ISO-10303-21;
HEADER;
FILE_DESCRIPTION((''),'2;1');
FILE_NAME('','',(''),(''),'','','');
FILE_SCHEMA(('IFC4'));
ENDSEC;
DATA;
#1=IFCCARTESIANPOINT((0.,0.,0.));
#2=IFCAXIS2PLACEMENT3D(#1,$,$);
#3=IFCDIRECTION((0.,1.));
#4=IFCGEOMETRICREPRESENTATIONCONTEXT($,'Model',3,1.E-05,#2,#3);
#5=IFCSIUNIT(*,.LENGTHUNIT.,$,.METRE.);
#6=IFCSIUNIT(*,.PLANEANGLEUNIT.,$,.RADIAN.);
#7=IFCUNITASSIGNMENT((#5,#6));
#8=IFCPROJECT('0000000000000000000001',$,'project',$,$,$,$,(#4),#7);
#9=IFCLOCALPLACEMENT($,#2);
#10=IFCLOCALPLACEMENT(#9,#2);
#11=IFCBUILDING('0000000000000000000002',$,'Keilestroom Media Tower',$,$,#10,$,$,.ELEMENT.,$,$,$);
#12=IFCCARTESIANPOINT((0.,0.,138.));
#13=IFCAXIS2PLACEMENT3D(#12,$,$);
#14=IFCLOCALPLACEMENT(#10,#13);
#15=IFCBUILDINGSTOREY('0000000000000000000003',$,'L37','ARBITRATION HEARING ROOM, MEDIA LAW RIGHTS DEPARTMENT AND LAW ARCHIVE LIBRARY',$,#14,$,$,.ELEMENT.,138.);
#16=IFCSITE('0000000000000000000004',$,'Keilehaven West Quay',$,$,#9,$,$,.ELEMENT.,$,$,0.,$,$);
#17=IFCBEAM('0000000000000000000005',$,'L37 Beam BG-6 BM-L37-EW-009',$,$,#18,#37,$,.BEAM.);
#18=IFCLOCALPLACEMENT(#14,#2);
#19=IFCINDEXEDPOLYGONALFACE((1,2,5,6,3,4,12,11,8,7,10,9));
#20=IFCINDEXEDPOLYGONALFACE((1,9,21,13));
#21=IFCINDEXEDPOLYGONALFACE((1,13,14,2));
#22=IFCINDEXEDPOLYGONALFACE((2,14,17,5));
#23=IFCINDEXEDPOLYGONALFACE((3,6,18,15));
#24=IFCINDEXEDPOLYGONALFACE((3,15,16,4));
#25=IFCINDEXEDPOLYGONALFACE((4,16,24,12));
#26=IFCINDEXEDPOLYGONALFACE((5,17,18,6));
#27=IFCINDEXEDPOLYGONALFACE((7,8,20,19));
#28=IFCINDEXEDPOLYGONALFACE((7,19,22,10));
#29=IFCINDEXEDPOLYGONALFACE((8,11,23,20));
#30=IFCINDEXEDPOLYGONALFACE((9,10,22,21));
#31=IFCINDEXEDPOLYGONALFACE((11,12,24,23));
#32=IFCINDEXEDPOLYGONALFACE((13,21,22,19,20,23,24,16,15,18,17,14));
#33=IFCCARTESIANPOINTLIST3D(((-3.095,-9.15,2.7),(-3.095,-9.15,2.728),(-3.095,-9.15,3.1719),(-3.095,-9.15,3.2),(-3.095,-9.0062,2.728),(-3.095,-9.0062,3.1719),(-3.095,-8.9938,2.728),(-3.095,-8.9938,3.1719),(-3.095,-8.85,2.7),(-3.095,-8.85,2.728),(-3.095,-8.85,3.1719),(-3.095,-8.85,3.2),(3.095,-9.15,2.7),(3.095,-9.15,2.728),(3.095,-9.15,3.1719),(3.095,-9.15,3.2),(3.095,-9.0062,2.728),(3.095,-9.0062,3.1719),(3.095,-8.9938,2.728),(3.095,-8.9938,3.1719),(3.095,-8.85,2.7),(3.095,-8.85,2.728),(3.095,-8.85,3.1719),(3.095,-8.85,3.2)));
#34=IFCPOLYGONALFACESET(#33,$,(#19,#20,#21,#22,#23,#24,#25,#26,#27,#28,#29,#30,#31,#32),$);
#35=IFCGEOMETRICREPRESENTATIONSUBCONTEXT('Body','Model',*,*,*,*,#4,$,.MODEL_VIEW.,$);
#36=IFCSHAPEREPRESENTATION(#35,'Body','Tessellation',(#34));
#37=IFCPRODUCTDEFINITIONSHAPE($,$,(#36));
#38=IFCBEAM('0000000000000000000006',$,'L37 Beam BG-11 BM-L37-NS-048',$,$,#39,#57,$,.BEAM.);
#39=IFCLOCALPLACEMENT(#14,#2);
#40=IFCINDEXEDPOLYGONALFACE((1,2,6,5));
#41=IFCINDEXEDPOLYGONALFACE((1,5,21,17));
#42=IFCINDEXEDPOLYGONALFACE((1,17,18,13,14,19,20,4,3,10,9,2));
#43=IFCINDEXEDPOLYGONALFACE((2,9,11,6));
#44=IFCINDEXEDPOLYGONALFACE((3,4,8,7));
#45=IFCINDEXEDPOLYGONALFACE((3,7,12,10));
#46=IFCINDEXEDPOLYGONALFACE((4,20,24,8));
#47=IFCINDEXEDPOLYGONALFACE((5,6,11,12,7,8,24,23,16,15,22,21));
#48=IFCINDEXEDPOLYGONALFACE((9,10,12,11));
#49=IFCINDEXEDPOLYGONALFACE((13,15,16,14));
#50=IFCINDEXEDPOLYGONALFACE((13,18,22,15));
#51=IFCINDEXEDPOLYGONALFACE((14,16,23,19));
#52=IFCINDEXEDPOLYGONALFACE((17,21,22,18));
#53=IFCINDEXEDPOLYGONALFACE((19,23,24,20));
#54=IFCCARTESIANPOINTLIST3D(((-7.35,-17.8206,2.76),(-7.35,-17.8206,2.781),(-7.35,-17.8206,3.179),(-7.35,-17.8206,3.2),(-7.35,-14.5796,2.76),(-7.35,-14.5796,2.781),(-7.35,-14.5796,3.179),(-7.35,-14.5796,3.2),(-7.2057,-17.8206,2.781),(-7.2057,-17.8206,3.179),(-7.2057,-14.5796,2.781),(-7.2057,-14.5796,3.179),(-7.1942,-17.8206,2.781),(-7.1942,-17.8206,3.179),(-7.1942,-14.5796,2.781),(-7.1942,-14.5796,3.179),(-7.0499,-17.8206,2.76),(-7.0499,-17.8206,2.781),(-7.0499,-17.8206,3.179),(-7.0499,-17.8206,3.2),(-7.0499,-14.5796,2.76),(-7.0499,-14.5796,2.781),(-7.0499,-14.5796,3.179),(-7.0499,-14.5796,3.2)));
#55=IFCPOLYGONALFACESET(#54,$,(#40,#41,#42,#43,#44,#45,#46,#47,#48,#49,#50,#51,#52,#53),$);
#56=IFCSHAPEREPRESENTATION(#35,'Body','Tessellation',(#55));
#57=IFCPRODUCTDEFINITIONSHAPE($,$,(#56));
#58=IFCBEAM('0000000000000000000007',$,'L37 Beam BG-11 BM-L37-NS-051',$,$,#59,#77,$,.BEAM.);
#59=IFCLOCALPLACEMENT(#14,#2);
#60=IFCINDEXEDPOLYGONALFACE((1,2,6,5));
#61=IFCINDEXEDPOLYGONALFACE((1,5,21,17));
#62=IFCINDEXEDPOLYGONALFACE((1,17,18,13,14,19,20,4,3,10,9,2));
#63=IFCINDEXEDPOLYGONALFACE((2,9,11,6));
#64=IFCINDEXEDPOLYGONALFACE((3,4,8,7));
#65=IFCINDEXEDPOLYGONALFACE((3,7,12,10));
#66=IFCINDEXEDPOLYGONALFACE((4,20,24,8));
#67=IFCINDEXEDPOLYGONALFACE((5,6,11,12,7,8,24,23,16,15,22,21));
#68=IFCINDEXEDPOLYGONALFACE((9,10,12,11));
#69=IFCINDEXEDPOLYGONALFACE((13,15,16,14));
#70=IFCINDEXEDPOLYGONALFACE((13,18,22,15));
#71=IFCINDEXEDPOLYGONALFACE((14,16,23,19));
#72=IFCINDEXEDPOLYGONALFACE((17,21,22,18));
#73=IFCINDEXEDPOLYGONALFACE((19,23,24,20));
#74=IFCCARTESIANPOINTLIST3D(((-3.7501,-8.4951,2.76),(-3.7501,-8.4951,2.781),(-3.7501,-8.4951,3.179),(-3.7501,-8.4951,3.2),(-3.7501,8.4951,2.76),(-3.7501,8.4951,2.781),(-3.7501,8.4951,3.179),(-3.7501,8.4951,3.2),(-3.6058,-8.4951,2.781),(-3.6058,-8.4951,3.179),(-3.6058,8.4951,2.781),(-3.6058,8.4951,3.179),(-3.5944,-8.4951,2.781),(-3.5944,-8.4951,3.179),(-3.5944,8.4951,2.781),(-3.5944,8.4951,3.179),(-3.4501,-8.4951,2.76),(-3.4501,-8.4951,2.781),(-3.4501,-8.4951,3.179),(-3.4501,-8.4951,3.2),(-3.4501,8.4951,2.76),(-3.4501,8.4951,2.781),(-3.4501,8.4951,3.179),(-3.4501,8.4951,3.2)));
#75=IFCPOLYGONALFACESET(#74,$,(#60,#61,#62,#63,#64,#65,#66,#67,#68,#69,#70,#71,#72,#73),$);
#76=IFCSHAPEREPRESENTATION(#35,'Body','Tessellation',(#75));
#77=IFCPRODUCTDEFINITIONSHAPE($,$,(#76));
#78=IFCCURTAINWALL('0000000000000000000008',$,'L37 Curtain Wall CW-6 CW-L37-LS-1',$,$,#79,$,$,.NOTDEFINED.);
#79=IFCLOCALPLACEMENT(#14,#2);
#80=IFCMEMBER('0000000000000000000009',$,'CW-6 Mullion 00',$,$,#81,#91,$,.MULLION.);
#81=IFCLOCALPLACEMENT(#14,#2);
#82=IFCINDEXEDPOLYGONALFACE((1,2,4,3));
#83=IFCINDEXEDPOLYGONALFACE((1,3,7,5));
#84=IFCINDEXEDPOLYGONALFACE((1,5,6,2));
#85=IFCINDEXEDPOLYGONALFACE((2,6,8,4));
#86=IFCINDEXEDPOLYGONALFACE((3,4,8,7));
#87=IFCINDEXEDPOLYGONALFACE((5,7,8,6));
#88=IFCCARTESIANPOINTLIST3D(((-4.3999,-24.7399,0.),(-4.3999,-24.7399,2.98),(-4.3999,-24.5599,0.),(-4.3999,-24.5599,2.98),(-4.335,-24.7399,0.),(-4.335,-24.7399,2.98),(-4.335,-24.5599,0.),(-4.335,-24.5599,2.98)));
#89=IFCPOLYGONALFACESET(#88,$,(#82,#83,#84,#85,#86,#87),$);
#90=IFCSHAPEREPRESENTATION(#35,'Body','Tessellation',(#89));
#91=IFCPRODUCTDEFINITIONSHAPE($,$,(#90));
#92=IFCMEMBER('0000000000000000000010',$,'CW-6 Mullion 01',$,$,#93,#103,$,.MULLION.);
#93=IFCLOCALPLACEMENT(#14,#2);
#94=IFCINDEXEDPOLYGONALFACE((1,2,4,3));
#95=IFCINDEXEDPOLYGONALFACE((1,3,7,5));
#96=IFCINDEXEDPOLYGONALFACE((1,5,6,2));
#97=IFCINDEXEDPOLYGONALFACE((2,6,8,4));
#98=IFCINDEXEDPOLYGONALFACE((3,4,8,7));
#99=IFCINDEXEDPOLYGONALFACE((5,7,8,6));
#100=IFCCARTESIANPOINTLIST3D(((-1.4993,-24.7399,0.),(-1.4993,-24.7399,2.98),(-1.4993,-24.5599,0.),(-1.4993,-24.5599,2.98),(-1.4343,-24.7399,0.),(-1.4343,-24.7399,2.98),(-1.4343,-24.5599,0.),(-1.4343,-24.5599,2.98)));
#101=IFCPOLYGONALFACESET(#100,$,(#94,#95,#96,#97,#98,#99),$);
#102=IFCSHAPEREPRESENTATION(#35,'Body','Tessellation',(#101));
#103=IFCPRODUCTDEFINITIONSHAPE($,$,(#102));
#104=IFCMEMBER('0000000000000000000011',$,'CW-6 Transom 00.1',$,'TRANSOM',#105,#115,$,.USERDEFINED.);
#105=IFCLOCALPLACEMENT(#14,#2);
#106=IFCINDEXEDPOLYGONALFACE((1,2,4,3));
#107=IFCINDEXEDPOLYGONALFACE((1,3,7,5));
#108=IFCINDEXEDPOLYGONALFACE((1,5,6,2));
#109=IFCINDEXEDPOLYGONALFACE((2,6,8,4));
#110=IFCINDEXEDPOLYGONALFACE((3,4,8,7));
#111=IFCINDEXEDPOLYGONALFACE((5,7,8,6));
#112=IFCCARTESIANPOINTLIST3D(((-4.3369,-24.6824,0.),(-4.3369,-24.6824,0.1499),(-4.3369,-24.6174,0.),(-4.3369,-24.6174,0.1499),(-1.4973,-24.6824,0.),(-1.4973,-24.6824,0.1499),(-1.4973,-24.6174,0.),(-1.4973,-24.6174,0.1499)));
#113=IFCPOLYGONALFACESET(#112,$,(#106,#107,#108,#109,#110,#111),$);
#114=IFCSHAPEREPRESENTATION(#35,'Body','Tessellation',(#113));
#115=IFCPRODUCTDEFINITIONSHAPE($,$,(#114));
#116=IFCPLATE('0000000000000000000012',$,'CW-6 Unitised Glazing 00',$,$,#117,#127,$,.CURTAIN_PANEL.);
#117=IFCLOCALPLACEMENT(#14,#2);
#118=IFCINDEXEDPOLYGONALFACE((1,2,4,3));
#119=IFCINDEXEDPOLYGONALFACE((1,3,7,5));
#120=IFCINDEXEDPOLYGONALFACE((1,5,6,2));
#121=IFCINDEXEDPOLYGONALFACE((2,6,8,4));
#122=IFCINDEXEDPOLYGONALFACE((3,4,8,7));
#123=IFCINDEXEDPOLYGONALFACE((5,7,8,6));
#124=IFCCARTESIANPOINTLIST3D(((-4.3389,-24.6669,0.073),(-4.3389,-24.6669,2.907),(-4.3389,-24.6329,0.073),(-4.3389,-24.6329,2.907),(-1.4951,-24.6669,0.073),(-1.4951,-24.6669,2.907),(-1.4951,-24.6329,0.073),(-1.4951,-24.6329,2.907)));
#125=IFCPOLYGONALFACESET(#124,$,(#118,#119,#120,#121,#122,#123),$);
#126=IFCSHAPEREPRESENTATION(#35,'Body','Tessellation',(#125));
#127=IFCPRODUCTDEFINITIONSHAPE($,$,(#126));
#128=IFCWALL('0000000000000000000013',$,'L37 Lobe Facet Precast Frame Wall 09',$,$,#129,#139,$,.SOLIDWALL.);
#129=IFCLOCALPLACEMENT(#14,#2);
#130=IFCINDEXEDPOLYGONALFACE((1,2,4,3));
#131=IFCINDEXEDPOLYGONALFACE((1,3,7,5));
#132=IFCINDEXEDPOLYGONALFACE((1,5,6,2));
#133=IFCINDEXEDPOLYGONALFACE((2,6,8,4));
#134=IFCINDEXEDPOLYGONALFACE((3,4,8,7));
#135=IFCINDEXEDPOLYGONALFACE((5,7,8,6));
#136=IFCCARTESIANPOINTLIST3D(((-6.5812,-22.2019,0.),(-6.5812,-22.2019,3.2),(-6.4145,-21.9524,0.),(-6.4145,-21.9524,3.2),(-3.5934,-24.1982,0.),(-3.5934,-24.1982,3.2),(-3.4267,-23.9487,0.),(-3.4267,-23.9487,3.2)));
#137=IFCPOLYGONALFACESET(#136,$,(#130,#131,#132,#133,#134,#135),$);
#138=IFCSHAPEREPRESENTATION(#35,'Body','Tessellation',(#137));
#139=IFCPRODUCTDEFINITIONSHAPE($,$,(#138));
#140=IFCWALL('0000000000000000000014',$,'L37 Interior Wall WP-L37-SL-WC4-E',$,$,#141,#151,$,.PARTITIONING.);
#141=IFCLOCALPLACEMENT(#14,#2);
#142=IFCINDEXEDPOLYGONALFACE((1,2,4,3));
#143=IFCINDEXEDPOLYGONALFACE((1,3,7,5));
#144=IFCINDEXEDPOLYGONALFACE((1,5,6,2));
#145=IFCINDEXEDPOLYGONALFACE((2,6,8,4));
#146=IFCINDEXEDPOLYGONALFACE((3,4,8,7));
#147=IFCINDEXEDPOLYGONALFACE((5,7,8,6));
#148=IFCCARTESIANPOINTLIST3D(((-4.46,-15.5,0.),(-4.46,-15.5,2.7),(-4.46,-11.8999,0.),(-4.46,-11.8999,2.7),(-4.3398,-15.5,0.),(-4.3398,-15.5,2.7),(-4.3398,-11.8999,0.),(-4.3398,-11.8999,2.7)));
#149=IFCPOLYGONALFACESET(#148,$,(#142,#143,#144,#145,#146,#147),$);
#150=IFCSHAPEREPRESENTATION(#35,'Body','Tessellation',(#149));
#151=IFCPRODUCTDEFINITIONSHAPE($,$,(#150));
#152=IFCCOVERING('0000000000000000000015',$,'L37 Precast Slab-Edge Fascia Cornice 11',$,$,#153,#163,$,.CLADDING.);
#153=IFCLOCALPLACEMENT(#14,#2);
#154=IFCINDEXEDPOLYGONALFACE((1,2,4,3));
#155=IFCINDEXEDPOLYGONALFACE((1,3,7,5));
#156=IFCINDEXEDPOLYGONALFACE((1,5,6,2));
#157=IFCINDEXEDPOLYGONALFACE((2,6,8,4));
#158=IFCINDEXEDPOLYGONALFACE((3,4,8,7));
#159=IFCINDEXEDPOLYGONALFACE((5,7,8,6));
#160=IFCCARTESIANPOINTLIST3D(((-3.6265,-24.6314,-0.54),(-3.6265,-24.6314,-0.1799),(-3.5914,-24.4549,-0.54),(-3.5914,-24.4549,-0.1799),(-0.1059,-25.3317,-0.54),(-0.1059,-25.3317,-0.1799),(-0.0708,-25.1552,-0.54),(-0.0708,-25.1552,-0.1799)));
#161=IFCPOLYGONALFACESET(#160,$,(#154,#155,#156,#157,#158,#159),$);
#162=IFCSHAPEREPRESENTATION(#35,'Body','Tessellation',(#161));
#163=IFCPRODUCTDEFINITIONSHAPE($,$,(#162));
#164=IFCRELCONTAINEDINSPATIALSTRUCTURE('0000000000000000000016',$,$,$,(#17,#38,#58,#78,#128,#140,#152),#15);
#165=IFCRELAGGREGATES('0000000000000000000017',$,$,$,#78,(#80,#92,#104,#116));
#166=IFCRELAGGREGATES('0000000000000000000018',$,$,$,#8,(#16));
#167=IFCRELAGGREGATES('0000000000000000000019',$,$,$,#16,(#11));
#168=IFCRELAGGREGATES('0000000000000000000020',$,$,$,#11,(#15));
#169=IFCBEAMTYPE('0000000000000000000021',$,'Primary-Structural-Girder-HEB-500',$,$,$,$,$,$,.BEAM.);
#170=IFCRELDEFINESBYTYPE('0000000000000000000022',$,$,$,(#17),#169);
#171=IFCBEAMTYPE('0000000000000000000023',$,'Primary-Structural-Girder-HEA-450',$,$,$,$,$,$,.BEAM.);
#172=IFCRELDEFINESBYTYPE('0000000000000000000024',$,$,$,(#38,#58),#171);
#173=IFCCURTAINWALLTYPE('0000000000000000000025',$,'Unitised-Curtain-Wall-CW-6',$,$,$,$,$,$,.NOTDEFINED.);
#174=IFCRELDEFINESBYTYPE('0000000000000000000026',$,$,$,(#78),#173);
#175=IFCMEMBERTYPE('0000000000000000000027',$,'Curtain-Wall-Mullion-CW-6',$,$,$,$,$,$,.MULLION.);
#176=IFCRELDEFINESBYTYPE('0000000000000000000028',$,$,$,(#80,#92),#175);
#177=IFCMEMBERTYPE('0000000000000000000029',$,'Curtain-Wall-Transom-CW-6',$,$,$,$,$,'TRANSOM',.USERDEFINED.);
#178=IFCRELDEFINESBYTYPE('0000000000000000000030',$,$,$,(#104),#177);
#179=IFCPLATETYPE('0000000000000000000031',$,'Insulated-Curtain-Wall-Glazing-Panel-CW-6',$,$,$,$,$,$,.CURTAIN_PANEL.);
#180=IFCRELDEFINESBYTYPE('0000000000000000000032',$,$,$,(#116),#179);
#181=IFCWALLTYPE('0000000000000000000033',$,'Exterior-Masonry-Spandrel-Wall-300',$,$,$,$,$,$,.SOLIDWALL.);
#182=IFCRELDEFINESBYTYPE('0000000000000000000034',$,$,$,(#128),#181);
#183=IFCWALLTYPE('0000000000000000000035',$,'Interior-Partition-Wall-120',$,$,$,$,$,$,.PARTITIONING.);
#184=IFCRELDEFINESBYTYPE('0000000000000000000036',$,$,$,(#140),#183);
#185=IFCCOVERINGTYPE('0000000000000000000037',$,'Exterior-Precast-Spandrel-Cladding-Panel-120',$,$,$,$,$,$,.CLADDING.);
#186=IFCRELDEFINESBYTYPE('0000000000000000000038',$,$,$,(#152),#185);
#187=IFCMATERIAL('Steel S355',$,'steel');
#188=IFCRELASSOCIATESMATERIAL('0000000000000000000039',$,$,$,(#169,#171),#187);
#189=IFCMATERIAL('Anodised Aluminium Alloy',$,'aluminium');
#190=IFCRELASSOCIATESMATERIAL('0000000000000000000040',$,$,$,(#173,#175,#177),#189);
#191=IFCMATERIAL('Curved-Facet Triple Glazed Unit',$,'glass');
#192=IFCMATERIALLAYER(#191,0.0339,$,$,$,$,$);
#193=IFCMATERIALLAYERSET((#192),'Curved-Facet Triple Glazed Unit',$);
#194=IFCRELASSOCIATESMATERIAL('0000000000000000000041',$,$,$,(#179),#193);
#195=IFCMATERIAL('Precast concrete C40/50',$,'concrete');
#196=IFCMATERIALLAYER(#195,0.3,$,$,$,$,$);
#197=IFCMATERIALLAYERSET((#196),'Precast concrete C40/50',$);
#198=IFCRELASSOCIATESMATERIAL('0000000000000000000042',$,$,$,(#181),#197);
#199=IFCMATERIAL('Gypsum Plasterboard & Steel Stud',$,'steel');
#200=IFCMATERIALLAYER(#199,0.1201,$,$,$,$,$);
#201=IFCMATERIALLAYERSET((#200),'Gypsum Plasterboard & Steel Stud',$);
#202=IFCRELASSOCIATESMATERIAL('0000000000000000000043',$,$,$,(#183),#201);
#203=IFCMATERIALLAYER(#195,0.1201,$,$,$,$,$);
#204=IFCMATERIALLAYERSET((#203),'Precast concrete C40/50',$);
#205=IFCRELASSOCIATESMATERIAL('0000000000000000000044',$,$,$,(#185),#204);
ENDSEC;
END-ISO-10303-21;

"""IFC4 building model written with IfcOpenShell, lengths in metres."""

from ifc_helpers import new_model, si_unit, direction, frame, frame_2d, origin, origin_2d, place, context, subcontext, project, spatial, rectangle, i_section, extrude, source, transform, mapped, material, layer, layer_set, material_profile, profile_set, type_object, element, aggregate, save


model = new_model("IFC4")

# Units and contexts
model_context = context("Model", 3, precision=1e-05, world=origin(), true_north=direction((0.0, 1.0)))
body_context = subcontext(model_context, "Body", "Model", "MODEL_VIEW")
ifc_project = project(units=[si_unit("LENGTHUNIT", "METRE"), si_unit("PLANEANGLEUNIT", "RADIAN")], contexts=[model_context])

# Site, building, storey
site_placement = place(None, origin())
site = spatial("IfcSite", under=ifc_project, at=site_placement, Name="Keilehaven West Quay", CompositionType="ELEMENT", RefElevation=0.0)
building_placement = place(site_placement, origin())
building = spatial("IfcBuilding", under=site, at=building_placement, Name="Keilestroom Media Tower", CompositionType="ELEMENT")
storey_placement = place(building_placement, frame((0.0, 0.0, 138.0)))
storey = spatial("IfcBuildingStorey", under=building, at=storey_placement, Name="L37", Description="ARBITRATION HEARING ROOM, MEDIA LAW RIGHTS DEPARTMENT AND LAW ARCHIVE LIBRARY", CompositionType="ELEMENT", Elevation=138.0)

# Shared definitions
ifc_material_1 = material(Name="Steel S355", Category="steel")

# Beams
ifc_material_profile_1 = material_profile(ifc_material_1, i_section(OverallWidth=0.3, OverallDepth=0.5, WebThickness=0.0125, FlangeThickness=0.0281, at=origin_2d()), Name="HEB 500")
ifc_profile_set_1 = profile_set([ifc_material_profile_1], Name="Steel S355")
beam_type_1 = type_object("IfcBeamType", Name="Primary-Structural-Girder-HEB-500", PredefinedType="BEAM", material=ifc_profile_set_1)
shared_shape_1 = source(origin(), body_context, "Body", "SweptSolid", [
    extrude(i_section(OverallWidth=0.3, OverallDepth=0.5, WebThickness=0.0125, FlangeThickness=0.0281, at=origin_2d()), origin(), (0.0, 0.0, 1.0), 6.1899),
])
beam_1_placement = place(storey_placement, frame((-3.095, -9.0, 2.95), z_axis=(1.0, 0.0, 0.0), x_axis=(0.0, 1.0, 0.0)))
element("IfcBeam", 1, at=beam_1_placement, inside=storey, type_object=beam_type_1, Name="L37 Beam BG-6 BM-L37-EW-009", PredefinedType="BEAM", context=body_context, shape_type="MappedRepresentation", body=[
    mapped(shared_shape_1, transform((0.0, 0.0, 0.0), x_axis=(1.0, 0.0, 0.0), y_axis=(0.0, 1.0, 0.0), z_axis=(0.0, 0.0, 1.0), scale=1.0)),
])
ifc_material_profile_2 = material_profile(ifc_material_1, i_section(OverallWidth=0.3, OverallDepth=0.4399, WebThickness=0.0115, FlangeThickness=0.021, at=origin_2d()), Name="HEA 450")
ifc_profile_set_2 = profile_set([ifc_material_profile_2], Name="Steel S355")
beam_type_2 = type_object("IfcBeamType", Name="Primary-Structural-Girder-HEA-450", PredefinedType="BEAM", material=ifc_profile_set_2)
shared_shape_2 = source(origin(), body_context, "Body", "SweptSolid", [
    extrude(i_section(OverallWidth=0.3, OverallDepth=0.4399, WebThickness=0.0115, FlangeThickness=0.021, at=origin_2d()), origin(), (0.0, 0.0, 1.0), 3.241),
])
beam_2_placement = place(storey_placement, frame((-7.2, -17.8206, 2.98), z_axis=(0.0, 1.0, 0.0), x_axis=(-1.0, 0.0, 0.0)))
element("IfcBeam", 2, at=beam_2_placement, inside=storey, type_object=beam_type_2, Name="L37 Beam BG-11 BM-L37-NS-048", PredefinedType="BEAM", context=body_context, shape_type="MappedRepresentation", body=[
    mapped(shared_shape_2, transform((0.0, 0.0, 0.0), x_axis=(1.0, 0.0, 0.0), y_axis=(0.0, 1.0, 0.0), z_axis=(0.0, 0.0, 1.0), scale=1.0)),
])
shared_shape_3 = source(origin(), body_context, "Body", "SweptSolid", [
    extrude(i_section(OverallWidth=0.3, OverallDepth=0.4399, WebThickness=0.0115, FlangeThickness=0.021, at=origin_2d()), origin(), (0.0, 0.0, 1.0), 16.9902),
])
beam_3_placement = place(storey_placement, frame((-3.6001, -8.4951, 2.98), z_axis=(0.0, 1.0, 0.0), x_axis=(-1.0, 0.0, 0.0)))
element("IfcBeam", 3, at=beam_3_placement, inside=storey, type_object=beam_type_2, Name="L37 Beam BG-11 BM-L37-NS-051", PredefinedType="BEAM", context=body_context, shape_type="MappedRepresentation", body=[
    mapped(shared_shape_3, transform((0.0, 0.0, 0.0), x_axis=(1.0, 0.0, 0.0), y_axis=(0.0, 1.0, 0.0), z_axis=(0.0, 0.0, 1.0), scale=1.0)),
])

# Curtain wall, members, plate
ifc_material_2 = material(Name="Anodised Aluminium Alloy", Category="aluminium")
curtain_wall_type = type_object("IfcCurtainWallType", Name="Unitised-Curtain-Wall-CW-6", PredefinedType="NOTDEFINED", material=ifc_material_2)
curtain_wall_placement = place(storey_placement, origin())
curtain_wall = element("IfcCurtainWall", 4, at=curtain_wall_placement, inside=storey, type_object=curtain_wall_type, Name="L37 Curtain Wall CW-6 CW-L37-LS-1", PredefinedType="NOTDEFINED")
ifc_material_profile_3 = material_profile(ifc_material_2, rectangle(XDim=0.0649, YDim=0.1799, at=origin_2d()), Name="ALU MULLION 65x180")
ifc_profile_set_3 = profile_set([ifc_material_profile_3], Name="Anodised Aluminium Alloy")
member_type_1 = type_object("IfcMemberType", Name="Curtain-Wall-Mullion-CW-6", PredefinedType="MULLION", material=ifc_profile_set_3)
shared_shape_4 = source(origin(), body_context, "Body", "SweptSolid", [
    extrude(rectangle(XDim=0.0649, YDim=0.1799, at=origin_2d()), origin(), (0.0, 0.0, 1.0), 2.98),
])
member_1_placement = place(storey_placement, frame((-4.3674, -24.6499, 0.0), z_axis=(0.0, 0.0, 1.0), x_axis=(1.0, 0.0, 0.0)))
member_1 = element("IfcMember", 5, at=member_1_placement, type_object=member_type_1, Name="CW-6 Mullion 00", PredefinedType="MULLION", context=body_context, shape_type="MappedRepresentation", body=[
    mapped(shared_shape_4, transform((0.0, 0.0, 0.0), x_axis=(1.0, 0.0, 0.0), y_axis=(0.0, 1.0, 0.0), z_axis=(0.0, 0.0, 1.0), scale=1.0)),
])
member_2_placement = place(storey_placement, frame((-1.4668, -24.6499, 0.0), z_axis=(0.0, 0.0, 1.0), x_axis=(1.0, 0.0, 0.0)))
member_2 = element("IfcMember", 6, at=member_2_placement, type_object=member_type_1, Name="CW-6 Mullion 01", PredefinedType="MULLION", context=body_context, shape_type="MappedRepresentation", body=[
    mapped(shared_shape_4, transform((0.0, 0.0, 0.0), x_axis=(1.0, 0.0, 0.0), y_axis=(0.0, 1.0, 0.0), z_axis=(0.0, 0.0, 1.0), scale=1.0)),
])
ifc_material_profile_4 = material_profile(ifc_material_2, rectangle(XDim=0.0649, YDim=0.1499, at=origin_2d()), Name="ALU TRANSOM 65x150")
ifc_profile_set_4 = profile_set([ifc_material_profile_4], Name="Anodised Aluminium Alloy")
member_type_2 = type_object("IfcMemberType", Name="Curtain-Wall-Transom-CW-6", ElementType="TRANSOM", PredefinedType="USERDEFINED", material=ifc_profile_set_4)
shared_shape_5 = source(origin(), body_context, "Body", "SweptSolid", [
    extrude(rectangle(XDim=0.0649, YDim=0.1499, at=origin_2d()), origin(), (0.0, 0.0, 1.0), 2.8396),
])
member_3_placement = place(storey_placement, frame((-4.3369, -24.6499, 0.075), z_axis=(1.0, 0.0, 0.0), x_axis=(0.0, 1.0, 0.0)))
member_3 = element("IfcMember", 7, at=member_3_placement, type_object=member_type_2, Name="CW-6 Transom 00.1", ObjectType="TRANSOM", PredefinedType="USERDEFINED", context=body_context, shape_type="MappedRepresentation", body=[
    mapped(shared_shape_5, transform((0.0, 0.0, 0.0), x_axis=(1.0, 0.0, 0.0), y_axis=(0.0, 1.0, 0.0), z_axis=(0.0, 0.0, 1.0), scale=1.0)),
])
ifc_material_3 = material(Name="Curved-Facet Triple Glazed Unit", Category="glass")
ifc_layer_1 = layer(ifc_material_3, 0.0339)
ifc_layer_set_1 = layer_set([ifc_layer_1], Name="Curved-Facet Triple Glazed Unit")
plate_type = type_object("IfcPlateType", Name="Insulated-Curtain-Wall-Glazing-Panel-CW-6", PredefinedType="CURTAIN_PANEL", material=ifc_layer_set_1)
shared_shape_6 = source(origin(), body_context, "Body", "SweptSolid", [
    extrude(rectangle(XDim=2.8438, YDim=0.0339, at=origin_2d()), origin(), (0.0, 0.0, 1.0), 2.834),
])
plate_placement = place(storey_placement, frame((-2.917, -24.6499, 0.073), z_axis=(0.0, 0.0, 1.0), x_axis=(1.0, 0.0, 0.0)))
plate = element("IfcPlate", 8, at=plate_placement, type_object=plate_type, Name="CW-6 Unitised Glazing 00", PredefinedType="CURTAIN_PANEL", context=body_context, shape_type="MappedRepresentation", body=[
    mapped(shared_shape_6, transform((0.0, 0.0, 0.0), x_axis=(1.0, 0.0, 0.0), y_axis=(0.0, 1.0, 0.0), z_axis=(0.0, 0.0, 1.0), scale=1.0)),
])
aggregate(curtain_wall, [member_1, member_2, member_3, plate])

# Walls
ifc_material_4 = material(Name="Precast concrete C40/50", Category="concrete")
ifc_layer_2 = layer(ifc_material_4, 0.3)
ifc_layer_set_2 = layer_set([ifc_layer_2], Name="Precast concrete C40/50")
wall_type_1 = type_object("IfcWallType", Name="Exterior-Masonry-Spandrel-Wall-300", PredefinedType="SOLIDWALL", material=ifc_layer_set_2)
wall_1_placement = place(storey_placement, frame((-6.4978, -22.0771, 0.0), z_axis=(0.0, 0.0, 1.0), x_axis=(0.831475, -0.555562, 0.0)))
element("IfcWall", 9, at=wall_1_placement, inside=storey, type_object=wall_type_1, Name="L37 Lobe Facet Precast Frame Wall 09", PredefinedType="SOLIDWALL", context=body_context, shape_type="SweptSolid", body=[
    extrude(rectangle(XDim=3.5933, YDim=0.3, at=frame_2d((1.7966, 0.0))), origin(), (0.0, 0.0, 1.0), 3.2),
])
ifc_material_5 = material(Name="Gypsum Plasterboard & Steel Stud", Category="steel")
ifc_layer_3 = layer(ifc_material_5, 0.1201)
ifc_layer_set_3 = layer_set([ifc_layer_3], Name="Gypsum Plasterboard & Steel Stud")
wall_type_2 = type_object("IfcWallType", Name="Interior-Partition-Wall-120", PredefinedType="PARTITIONING", material=ifc_layer_set_3)
wall_2_placement = place(storey_placement, frame((-4.3999, -15.5, 0.0), z_axis=(0.0, 0.0, 1.0), x_axis=(0.0, 1.0, 0.0)))
element("IfcWall", 10, at=wall_2_placement, inside=storey, type_object=wall_type_2, Name="L37 Interior Wall WP-L37-SL-WC4-E", PredefinedType="PARTITIONING", context=body_context, shape_type="SweptSolid", body=[
    extrude(rectangle(XDim=3.6001, YDim=0.1201, at=frame_2d((1.8, 0.0))), origin(), (0.0, 0.0, 1.0), 2.7),
])

# Covering
ifc_layer_4 = layer(ifc_material_4, 0.1201)
ifc_layer_set_4 = layer_set([ifc_layer_4], Name="Precast concrete C40/50")
covering_type = type_object("IfcCoveringType", Name="Exterior-Precast-Spandrel-Cladding-Panel-120", PredefinedType="CLADDING", material=ifc_layer_set_4)
shared_shape_7 = source(origin(), body_context, "Body", "SweptSolid", [
    extrude(rectangle(XDim=3.5896, YDim=0.1799, at=origin_2d()), origin(), (0.0, 0.0, 1.0), 0.3601),
])
for number, where, z_axis, x_axis, name in (
    (11, (-1.8486, -24.8933, -0.54), (0.0, 0.0, 1.0), (-0.980784, 0.195099, 0.0), "L37 Precast Slab-Edge Fascia Cornice 11"),
):
    element("IfcCovering", number, at=place(storey_placement, frame(where, z_axis=z_axis, x_axis=x_axis)), inside=storey, type_object=covering_type, Name=name, PredefinedType="CLADDING", context=body_context, shape_type="MappedRepresentation", body=[
        mapped(shared_shape_7, transform((0.0, 0.0, 0.0), x_axis=(1.0, 0.0, 0.0), y_axis=(0.0, 1.0, 0.0), z_axis=(0.0, 0.0, 1.0), scale=1.0)),
    ])

save(model, "model.ifc")
